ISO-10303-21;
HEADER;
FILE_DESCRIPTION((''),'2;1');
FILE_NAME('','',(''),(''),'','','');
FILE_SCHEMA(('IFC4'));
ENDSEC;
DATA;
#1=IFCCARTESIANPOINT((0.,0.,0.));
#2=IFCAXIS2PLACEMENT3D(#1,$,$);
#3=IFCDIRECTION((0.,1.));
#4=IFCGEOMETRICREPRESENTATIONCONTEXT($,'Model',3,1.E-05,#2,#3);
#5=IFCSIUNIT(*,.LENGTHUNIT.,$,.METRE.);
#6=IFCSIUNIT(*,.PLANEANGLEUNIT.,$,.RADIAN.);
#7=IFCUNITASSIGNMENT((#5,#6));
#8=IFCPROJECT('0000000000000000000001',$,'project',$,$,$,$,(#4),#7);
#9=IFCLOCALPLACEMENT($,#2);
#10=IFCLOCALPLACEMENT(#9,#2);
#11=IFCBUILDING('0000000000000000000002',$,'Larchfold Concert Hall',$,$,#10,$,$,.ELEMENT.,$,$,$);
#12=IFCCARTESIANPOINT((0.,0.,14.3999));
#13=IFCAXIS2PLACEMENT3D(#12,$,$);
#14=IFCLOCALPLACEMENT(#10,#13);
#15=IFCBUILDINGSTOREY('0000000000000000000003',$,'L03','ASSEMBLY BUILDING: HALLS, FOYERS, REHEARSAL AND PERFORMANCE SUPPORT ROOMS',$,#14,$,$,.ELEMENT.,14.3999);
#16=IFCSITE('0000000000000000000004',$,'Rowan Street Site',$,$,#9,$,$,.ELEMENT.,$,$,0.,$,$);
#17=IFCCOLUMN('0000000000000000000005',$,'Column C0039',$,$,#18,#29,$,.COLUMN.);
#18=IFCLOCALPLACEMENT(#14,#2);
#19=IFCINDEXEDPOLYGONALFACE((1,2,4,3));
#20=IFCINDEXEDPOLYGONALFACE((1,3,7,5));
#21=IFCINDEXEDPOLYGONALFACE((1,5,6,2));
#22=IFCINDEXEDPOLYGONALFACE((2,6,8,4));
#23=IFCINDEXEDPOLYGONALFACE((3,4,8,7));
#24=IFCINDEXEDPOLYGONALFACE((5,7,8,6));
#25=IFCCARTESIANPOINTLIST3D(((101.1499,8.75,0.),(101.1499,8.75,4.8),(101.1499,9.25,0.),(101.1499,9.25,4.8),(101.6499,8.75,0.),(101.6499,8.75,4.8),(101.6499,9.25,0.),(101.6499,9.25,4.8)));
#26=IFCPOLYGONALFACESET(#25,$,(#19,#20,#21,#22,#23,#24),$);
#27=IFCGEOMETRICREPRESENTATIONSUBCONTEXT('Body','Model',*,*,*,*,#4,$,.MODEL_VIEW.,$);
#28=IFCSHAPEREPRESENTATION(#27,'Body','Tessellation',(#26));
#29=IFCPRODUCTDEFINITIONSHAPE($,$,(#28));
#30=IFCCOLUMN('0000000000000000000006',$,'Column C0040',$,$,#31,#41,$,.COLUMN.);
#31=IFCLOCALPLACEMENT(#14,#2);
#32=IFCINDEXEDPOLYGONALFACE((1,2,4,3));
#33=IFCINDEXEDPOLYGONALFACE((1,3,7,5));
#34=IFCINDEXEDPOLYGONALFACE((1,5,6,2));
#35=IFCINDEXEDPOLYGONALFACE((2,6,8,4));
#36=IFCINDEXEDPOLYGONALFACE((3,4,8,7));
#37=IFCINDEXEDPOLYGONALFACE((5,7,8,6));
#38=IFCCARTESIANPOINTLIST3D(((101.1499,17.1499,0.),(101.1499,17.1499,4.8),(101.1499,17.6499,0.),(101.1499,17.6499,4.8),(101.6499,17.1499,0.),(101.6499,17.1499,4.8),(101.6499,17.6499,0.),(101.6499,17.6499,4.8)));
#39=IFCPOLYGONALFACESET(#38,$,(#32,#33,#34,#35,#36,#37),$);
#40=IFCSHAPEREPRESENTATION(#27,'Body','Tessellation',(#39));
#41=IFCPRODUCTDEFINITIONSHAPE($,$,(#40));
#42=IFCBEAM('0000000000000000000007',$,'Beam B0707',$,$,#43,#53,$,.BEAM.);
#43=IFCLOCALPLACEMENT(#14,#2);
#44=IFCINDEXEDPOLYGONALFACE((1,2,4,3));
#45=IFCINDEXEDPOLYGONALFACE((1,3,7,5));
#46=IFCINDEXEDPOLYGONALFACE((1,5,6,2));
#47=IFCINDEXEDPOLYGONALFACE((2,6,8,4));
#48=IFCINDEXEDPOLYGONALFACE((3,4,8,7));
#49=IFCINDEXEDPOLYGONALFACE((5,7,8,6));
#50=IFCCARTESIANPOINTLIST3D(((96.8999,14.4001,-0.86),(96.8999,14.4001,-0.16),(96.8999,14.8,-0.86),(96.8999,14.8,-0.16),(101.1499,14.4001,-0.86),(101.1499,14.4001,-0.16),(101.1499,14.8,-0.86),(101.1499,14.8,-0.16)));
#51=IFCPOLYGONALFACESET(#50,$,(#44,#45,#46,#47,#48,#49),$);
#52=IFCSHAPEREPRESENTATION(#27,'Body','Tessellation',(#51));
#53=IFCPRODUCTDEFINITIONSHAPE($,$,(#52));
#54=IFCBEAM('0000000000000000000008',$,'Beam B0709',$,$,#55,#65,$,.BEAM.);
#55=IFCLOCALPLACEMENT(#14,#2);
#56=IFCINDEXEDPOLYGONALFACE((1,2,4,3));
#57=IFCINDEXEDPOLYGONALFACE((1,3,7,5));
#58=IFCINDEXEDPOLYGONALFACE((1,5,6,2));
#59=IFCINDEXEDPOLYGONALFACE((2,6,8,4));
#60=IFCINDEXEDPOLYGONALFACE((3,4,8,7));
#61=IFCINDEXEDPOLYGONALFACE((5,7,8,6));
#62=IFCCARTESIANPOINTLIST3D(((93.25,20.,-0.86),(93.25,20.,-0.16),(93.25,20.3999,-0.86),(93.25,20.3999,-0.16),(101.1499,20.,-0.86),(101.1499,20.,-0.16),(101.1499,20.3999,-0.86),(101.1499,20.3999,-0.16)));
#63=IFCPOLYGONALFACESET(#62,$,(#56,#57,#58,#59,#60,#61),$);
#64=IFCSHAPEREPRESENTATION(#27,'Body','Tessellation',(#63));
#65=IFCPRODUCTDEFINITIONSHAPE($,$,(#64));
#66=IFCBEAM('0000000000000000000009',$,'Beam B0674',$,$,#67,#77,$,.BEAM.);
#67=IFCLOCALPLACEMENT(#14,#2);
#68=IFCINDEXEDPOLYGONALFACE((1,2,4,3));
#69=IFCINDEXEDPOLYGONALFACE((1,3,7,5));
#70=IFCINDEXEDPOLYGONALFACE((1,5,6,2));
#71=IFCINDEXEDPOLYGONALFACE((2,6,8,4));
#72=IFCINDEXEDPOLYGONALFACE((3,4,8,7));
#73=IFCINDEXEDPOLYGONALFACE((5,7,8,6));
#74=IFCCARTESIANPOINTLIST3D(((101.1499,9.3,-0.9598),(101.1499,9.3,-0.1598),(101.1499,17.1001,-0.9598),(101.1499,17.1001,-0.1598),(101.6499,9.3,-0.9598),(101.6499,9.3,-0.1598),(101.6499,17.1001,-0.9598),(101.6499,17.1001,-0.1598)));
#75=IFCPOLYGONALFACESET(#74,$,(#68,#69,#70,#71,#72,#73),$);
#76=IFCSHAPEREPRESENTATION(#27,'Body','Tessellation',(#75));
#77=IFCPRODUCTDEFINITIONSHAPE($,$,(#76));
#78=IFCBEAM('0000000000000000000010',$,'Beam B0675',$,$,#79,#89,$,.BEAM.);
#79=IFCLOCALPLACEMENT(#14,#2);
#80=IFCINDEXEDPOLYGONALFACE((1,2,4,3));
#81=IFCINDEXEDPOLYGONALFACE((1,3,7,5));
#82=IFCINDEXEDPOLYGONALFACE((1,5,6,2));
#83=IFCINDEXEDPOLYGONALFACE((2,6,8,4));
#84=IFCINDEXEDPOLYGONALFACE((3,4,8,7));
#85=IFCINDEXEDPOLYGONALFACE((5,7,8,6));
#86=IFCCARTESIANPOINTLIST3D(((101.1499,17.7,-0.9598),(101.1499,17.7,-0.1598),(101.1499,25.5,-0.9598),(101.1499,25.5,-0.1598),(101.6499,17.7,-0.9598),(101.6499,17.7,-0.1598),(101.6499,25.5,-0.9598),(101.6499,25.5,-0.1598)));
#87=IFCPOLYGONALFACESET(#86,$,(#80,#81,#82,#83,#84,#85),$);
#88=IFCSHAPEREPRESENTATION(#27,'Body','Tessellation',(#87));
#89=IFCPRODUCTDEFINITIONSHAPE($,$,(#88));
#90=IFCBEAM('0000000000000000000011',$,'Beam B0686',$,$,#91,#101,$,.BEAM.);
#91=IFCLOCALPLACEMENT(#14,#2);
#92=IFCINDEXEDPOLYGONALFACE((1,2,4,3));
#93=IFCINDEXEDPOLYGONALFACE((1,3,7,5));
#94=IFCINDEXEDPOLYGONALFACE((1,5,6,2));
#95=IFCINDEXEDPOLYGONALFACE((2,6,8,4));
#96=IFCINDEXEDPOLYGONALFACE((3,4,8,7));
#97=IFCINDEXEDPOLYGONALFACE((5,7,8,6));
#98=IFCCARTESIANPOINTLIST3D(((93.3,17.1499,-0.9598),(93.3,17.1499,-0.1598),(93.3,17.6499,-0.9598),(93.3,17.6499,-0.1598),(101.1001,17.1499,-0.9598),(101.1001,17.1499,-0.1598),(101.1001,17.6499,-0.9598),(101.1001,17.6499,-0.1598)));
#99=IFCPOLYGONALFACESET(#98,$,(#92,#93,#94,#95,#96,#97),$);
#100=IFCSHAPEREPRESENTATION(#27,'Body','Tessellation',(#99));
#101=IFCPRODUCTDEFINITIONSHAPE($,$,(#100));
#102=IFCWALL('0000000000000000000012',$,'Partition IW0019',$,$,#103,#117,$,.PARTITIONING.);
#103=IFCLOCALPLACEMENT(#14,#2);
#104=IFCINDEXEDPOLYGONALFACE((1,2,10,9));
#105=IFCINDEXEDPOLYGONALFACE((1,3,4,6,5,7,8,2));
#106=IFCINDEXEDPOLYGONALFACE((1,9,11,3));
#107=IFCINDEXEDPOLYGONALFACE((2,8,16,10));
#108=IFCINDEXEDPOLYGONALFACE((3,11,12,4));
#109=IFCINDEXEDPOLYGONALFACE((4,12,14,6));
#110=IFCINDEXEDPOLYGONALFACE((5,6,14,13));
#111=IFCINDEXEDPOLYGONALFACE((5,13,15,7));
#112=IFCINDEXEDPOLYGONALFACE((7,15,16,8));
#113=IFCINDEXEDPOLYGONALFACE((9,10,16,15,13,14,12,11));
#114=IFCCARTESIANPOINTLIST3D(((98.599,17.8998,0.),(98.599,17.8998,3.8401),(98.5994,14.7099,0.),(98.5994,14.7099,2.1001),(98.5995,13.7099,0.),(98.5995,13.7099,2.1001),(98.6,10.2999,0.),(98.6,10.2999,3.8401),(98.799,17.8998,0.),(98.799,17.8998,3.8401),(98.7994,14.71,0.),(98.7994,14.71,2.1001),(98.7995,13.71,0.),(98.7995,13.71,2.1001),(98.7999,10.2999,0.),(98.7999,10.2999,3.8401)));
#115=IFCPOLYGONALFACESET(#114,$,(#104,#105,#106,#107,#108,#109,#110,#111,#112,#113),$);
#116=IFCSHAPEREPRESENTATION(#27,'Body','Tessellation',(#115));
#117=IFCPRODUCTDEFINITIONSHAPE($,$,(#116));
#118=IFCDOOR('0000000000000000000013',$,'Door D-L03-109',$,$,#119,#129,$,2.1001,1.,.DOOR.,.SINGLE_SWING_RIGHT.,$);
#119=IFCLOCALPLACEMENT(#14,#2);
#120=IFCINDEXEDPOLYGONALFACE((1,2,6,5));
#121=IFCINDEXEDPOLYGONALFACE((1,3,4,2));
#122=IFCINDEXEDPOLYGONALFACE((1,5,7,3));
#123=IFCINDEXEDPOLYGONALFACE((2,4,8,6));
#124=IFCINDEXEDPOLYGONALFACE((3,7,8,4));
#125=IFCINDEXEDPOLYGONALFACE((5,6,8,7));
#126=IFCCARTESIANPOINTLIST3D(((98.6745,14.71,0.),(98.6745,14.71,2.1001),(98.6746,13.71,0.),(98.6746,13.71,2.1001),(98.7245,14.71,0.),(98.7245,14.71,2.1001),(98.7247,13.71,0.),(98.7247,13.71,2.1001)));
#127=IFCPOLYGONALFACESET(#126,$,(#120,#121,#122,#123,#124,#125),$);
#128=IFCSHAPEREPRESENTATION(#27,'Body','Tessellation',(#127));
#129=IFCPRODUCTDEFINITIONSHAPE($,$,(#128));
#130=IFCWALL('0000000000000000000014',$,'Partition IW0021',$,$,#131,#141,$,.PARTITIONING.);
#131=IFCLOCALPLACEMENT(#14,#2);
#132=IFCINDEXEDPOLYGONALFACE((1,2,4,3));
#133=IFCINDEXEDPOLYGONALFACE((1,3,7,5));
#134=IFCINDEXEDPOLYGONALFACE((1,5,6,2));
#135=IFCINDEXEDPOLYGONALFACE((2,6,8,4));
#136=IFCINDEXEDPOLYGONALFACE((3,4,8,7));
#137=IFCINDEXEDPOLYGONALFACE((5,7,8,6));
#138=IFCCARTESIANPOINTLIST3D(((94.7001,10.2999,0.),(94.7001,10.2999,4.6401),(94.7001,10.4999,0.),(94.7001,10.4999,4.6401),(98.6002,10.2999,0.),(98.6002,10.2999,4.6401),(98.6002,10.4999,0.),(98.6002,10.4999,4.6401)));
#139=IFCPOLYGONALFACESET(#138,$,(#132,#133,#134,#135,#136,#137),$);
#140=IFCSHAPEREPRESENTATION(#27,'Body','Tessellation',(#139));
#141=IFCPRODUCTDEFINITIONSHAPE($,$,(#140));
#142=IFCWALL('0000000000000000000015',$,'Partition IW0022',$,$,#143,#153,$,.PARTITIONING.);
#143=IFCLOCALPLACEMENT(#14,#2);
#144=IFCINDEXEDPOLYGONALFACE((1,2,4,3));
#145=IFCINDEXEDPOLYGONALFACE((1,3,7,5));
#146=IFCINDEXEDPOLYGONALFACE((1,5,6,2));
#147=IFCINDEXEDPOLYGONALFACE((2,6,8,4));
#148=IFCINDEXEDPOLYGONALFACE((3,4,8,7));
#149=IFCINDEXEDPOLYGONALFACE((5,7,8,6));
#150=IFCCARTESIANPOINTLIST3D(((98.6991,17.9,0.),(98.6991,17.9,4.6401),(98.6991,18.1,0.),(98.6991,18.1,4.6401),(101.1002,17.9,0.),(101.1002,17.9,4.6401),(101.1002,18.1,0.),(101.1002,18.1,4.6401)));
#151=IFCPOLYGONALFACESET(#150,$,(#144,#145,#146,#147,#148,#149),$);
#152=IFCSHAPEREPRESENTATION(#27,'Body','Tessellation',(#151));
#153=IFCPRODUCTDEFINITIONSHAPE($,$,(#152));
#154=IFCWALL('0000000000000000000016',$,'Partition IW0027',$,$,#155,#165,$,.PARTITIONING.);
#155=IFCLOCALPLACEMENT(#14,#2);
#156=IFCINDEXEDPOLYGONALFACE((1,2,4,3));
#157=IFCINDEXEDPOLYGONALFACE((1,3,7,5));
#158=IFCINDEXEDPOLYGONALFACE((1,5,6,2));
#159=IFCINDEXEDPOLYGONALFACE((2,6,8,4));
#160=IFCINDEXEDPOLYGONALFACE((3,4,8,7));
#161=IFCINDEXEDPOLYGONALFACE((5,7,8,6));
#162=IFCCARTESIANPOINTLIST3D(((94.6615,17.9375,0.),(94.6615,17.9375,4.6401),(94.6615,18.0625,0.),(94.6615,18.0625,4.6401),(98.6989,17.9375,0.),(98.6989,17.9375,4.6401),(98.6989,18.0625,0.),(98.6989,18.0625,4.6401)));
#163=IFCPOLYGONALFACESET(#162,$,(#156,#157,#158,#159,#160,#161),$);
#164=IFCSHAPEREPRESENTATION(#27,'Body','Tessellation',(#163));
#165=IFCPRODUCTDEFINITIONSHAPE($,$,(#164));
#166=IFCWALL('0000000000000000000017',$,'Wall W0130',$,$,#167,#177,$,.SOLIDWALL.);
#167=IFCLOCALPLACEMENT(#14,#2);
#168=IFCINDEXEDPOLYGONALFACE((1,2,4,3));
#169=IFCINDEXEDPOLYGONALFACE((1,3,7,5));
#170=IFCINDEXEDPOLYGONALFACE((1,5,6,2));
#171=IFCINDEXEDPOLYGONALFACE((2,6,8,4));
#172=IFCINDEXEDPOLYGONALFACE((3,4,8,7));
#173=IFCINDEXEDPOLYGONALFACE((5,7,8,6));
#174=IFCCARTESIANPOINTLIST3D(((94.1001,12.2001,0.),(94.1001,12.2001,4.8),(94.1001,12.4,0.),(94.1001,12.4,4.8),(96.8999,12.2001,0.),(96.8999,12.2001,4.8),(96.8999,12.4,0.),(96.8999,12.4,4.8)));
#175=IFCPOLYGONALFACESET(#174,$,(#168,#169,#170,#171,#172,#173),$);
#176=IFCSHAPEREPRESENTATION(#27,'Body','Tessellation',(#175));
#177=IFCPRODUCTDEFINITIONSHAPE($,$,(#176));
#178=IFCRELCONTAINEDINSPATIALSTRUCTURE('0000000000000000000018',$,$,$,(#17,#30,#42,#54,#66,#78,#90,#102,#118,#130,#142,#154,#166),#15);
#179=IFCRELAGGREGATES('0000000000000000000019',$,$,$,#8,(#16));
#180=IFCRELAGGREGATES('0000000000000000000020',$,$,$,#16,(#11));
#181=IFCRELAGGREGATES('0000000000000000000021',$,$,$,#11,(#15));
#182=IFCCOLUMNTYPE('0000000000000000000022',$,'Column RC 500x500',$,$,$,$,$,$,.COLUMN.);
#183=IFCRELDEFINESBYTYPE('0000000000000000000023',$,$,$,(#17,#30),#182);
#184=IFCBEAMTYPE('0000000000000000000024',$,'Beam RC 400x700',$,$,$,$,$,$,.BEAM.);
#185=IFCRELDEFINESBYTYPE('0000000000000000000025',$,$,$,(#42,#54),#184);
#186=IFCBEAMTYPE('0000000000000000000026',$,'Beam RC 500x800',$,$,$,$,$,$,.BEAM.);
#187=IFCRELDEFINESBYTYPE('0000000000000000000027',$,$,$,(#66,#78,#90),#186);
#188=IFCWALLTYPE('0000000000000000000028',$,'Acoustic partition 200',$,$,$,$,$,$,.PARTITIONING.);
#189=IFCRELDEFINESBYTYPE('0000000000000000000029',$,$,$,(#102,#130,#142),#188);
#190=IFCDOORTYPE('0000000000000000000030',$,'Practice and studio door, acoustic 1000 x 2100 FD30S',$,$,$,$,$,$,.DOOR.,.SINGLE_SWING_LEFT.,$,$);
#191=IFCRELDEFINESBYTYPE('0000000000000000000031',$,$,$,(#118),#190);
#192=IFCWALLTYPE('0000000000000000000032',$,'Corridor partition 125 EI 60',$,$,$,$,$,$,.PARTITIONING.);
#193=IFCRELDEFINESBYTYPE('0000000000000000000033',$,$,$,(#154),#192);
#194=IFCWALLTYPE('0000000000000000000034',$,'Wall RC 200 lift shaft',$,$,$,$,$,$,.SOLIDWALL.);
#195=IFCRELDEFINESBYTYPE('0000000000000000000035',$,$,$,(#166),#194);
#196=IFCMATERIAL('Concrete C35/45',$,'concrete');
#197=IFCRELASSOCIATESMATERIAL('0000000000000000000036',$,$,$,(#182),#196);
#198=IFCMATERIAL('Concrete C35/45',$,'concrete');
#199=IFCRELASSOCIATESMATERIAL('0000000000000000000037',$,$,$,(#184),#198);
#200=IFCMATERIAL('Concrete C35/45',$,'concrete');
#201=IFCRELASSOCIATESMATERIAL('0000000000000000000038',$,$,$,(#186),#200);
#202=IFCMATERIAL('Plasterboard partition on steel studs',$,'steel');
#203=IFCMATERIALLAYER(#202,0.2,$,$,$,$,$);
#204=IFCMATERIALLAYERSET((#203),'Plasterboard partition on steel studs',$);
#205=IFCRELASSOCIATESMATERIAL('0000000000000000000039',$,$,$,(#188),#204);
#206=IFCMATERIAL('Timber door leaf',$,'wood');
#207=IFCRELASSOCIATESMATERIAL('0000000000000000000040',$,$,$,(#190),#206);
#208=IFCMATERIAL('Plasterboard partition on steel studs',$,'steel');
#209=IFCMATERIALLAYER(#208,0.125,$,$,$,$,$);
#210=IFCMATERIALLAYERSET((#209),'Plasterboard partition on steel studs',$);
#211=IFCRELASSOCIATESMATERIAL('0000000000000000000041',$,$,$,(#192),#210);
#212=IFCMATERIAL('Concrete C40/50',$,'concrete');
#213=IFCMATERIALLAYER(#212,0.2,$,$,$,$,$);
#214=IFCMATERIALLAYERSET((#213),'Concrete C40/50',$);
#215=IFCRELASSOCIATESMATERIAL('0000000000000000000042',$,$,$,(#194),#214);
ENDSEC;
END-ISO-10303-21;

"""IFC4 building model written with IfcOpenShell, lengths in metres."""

from ifc_helpers import new_model, si_unit, direction, frame, frame_2d, origin, origin_2d, place, context, subcontext, project, spatial, rectangle, extrude, material, layer, layer_set, material_profile, profile_set, type_object, element, fill, save


model = new_model("IFC4")

# Units and contexts
model_context = context("Model", 3, precision=1e-05, world=origin(), true_north=direction((0.0, 1.0)))
body_context = subcontext(model_context, "Body", "Model", "MODEL_VIEW")
ifc_project = project(units=[si_unit("LENGTHUNIT", "METRE"), si_unit("PLANEANGLEUNIT", "RADIAN")], contexts=[model_context])

# Site, building, storey
site_placement = place(None, origin())
site = spatial("IfcSite", under=ifc_project, at=site_placement, Name="Rowan Street Site", CompositionType="ELEMENT", RefElevation=0.0)
building_placement = place(site_placement, origin())
building = spatial("IfcBuilding", under=site, at=building_placement, Name="Larchfold Concert Hall", CompositionType="ELEMENT")
storey_placement = place(building_placement, frame((0.0, 0.0, 14.3999)))
storey = spatial("IfcBuildingStorey", under=building, at=storey_placement, Name="L03", Description="ASSEMBLY BUILDING: HALLS, FOYERS, REHEARSAL AND PERFORMANCE SUPPORT ROOMS", CompositionType="ELEMENT", Elevation=14.3999)

# Columns
ifc_material_1 = material(Name="Concrete C35/45", Category="concrete")
ifc_material_profile_1 = material_profile(ifc_material_1, rectangle(XDim=0.5, YDim=0.5, at=origin_2d()))
ifc_profile_set_1 = profile_set([ifc_material_profile_1], Name="Concrete C35/45")
column_type = type_object("IfcColumnType", Name="Column RC 500x500", PredefinedType="COLUMN", material=ifc_profile_set_1)
for number, where, z_axis, x_axis, name in (
    (1, (101.3999, 9.0, 0.0), (0.0, 0.0, 1.0), (1.0, 0.0, 0.0), "Column C0039"),
    (2, (101.3999, 17.3999, 0.0), (0.0, 0.0, 1.0), (1.0, 0.0, 0.0), "Column C0040"),
):
    element("IfcColumn", number, at=place(storey_placement, frame(where, z_axis=z_axis, x_axis=x_axis)), inside=storey, type_object=column_type, Name=name, PredefinedType="COLUMN", context=body_context, shape_type="SweptSolid", body=[
        extrude(rectangle(XDim=0.5, YDim=0.5, at=origin_2d()), origin(), (0.0, 0.0, 1.0), 4.8),
    ])

# Beams
ifc_material_2 = material(Name="Concrete C35/45", Category="concrete")
ifc_material_profile_2 = material_profile(ifc_material_2, rectangle(XDim=0.3999, YDim=0.7, at=origin_2d()))
ifc_profile_set_2 = profile_set([ifc_material_profile_2], Name="Concrete C35/45")
beam_type_1 = type_object("IfcBeamType", Name="Beam RC 400x700", PredefinedType="BEAM", material=ifc_profile_set_2)
beam_1_placement = place(storey_placement, frame((96.8999, 14.6001, -0.51), z_axis=(1.0, 0.0, 0.0), x_axis=(0.0, 1.0, 0.0)))
element("IfcBeam", 3, at=beam_1_placement, inside=storey, type_object=beam_type_1, Name="Beam B0707", PredefinedType="BEAM", context=body_context, shape_type="SweptSolid", body=[
    extrude(rectangle(XDim=0.3999, YDim=0.7, at=origin_2d()), origin(), (0.0, 0.0, 1.0), 4.25),
])
beam_2_placement = place(storey_placement, frame((93.25, 20.2, -0.51), z_axis=(1.0, 0.0, 0.0), x_axis=(0.0, 1.0, 0.0)))
element("IfcBeam", 4, at=beam_2_placement, inside=storey, type_object=beam_type_1, Name="Beam B0709", PredefinedType="BEAM", context=body_context, shape_type="SweptSolid", body=[
    extrude(rectangle(XDim=0.3999, YDim=0.7, at=origin_2d()), origin(), (0.0, 0.0, 1.0), 7.8999),
])
ifc_material_3 = material(Name="Concrete C35/45", Category="concrete")
ifc_material_profile_3 = material_profile(ifc_material_3, rectangle(XDim=0.5, YDim=0.8, at=origin_2d()))
ifc_profile_set_3 = profile_set([ifc_material_profile_3], Name="Concrete C35/45")
beam_type_2 = type_object("IfcBeamType", Name="Beam RC 500x800", PredefinedType="BEAM", material=ifc_profile_set_3)
for number, where, z_axis, x_axis, name in (
    (5, (101.3999, 9.3, -0.5598), (0.0, 1.0, 0.0), (-1.0, 0.0, 0.0), "Beam B0674"),
    (6, (101.3999, 17.7, -0.5598), (0.0, 1.0, 0.0), (-1.0, 0.0, 0.0), "Beam B0675"),
    (7, (93.3, 17.3999, -0.5598), (1.0, 0.0, 0.0), (0.0, 1.0, 0.0), "Beam B0686"),
):
    element("IfcBeam", number, at=place(storey_placement, frame(where, z_axis=z_axis, x_axis=x_axis)), inside=storey, type_object=beam_type_2, Name=name, PredefinedType="BEAM", context=body_context, shape_type="SweptSolid", body=[
        extrude(rectangle(XDim=0.5, YDim=0.8, at=origin_2d()), origin(), (0.0, 0.0, 1.0), 7.8),
    ])

# Wall, opening, door
ifc_material_4 = material(Name="Plasterboard partition on steel studs", Category="steel")
ifc_layer_1 = layer(ifc_material_4, 0.2)
ifc_layer_set_1 = layer_set([ifc_layer_1], Name="Plasterboard partition on steel studs")
wall_type_1 = type_object("IfcWallType", Name="Acoustic partition 200", PredefinedType="PARTITIONING", material=ifc_layer_set_1)
wall_1_placement = place(storey_placement, frame((98.7, 10.3, 0.0), z_axis=(0.0, 0.0, 1.0), x_axis=(-0.000128, 1.0, 0.0)))
wall_1 = element("IfcWall", 8, at=wall_1_placement, inside=storey, type_object=wall_type_1, Name="Partition IW0019", PredefinedType="PARTITIONING", context=body_context, shape_type="SweptSolid", body=[
    extrude(rectangle(XDim=7.5999, YDim=0.2, at=frame_2d((3.7998, 0.0))), origin(), (0.0, 0.0, 1.0), 3.8401),
])
opening_1_placement = place(wall_1_placement, frame((3.4099, 0.0, 0.0)))
opening_1 = element("IfcOpeningElement", 9, at=opening_1_placement, cuts=wall_1, PredefinedType="OPENING", context=body_context, shape_type="SweptSolid", body=[
    extrude(rectangle(XDim=1.0, YDim=2.1001, at=frame_2d((0.5, 1.05))), frame((0.0, 0.1099, 0.0), z_axis=(0.0, -1.0, 0.0), x_axis=(1.0, 0.0, 0.0)), (0.0, 0.0, 1.0), 0.22),
])
ifc_material_5 = material(Name="Timber door leaf", Category="wood")
door_type_1 = type_object("IfcDoorType", Name="Practice and studio door, acoustic 1000 x 2100 FD30S", OperationType="SINGLE_SWING_LEFT", PredefinedType="DOOR", material=ifc_material_5)
door_1_placement = place(opening_1_placement, origin())
door_1 = element("IfcDoor", 10, at=door_1_placement, inside=storey, type_object=door_type_1, Name="Door D-L03-109", OperationType="SINGLE_SWING_RIGHT", OverallHeight=2.1001, OverallWidth=1.0, PredefinedType="DOOR", context=body_context, shape_type="SweptSolid", body=[
    extrude(rectangle(XDim=1.0, YDim=2.1001, at=frame_2d((0.5, 1.05))), frame((0.0, 0.0249, 0.0), z_axis=(0.0, -1.0, 0.0), x_axis=(1.0, 0.0, 0.0)), (0.0, 0.0, 1.0), 0.05),
])
fill(opening_1, door_1)

# Walls
wall_2_placement = place(storey_placement, frame((94.7, 10.3999, 0.0), z_axis=(0.0, 0.0, 1.0), x_axis=(1.0, 0.0, 0.0)))
element("IfcWall", 11, at=wall_2_placement, inside=storey, type_object=wall_type_1, Name="Partition IW0021", PredefinedType="PARTITIONING", context=body_context, shape_type="SweptSolid", body=[
    extrude(rectangle(XDim=3.9001, YDim=0.2, at=frame_2d((1.9502, 0.0))), origin(), (0.0, 0.0, 1.0), 4.6401),
])
wall_3_placement = place(storey_placement, frame((98.699, 18.0, 0.0), z_axis=(0.0, 0.0, 1.0), x_axis=(1.0, 0.0, 0.0)))
element("IfcWall", 12, at=wall_3_placement, inside=storey, type_object=wall_type_1, Name="Partition IW0022", PredefinedType="PARTITIONING", context=body_context, shape_type="SweptSolid", body=[
    extrude(rectangle(XDim=2.4011, YDim=0.2, at=frame_2d((1.2007, 0.0))), origin(), (0.0, 0.0, 1.0), 4.6401),
])
ifc_material_6 = material(Name="Plasterboard partition on steel studs", Category="steel")
ifc_layer_2 = layer(ifc_material_6, 0.125)
ifc_layer_set_2 = layer_set([ifc_layer_2], Name="Plasterboard partition on steel studs")
wall_type_2 = type_object("IfcWallType", Name="Corridor partition 125 EI 60", PredefinedType="PARTITIONING", material=ifc_layer_set_2)
wall_4_placement = place(storey_placement, frame((94.6616, 18.0, 0.0), z_axis=(0.0, 0.0, 1.0), x_axis=(1.0, 0.0, 0.0)))
element("IfcWall", 13, at=wall_4_placement, inside=storey, type_object=wall_type_2, Name="Partition IW0027", PredefinedType="PARTITIONING", context=body_context, shape_type="SweptSolid", body=[
    extrude(rectangle(XDim=4.0374, YDim=0.125, at=frame_2d((2.0186, 0.0))), origin(), (0.0, 0.0, 1.0), 4.6401),
])
ifc_material_7 = material(Name="Concrete C40/50", Category="concrete")
ifc_layer_3 = layer(ifc_material_7, 0.2)
ifc_layer_set_3 = layer_set([ifc_layer_3], Name="Concrete C40/50")
wall_type_3 = type_object("IfcWallType", Name="Wall RC 200 lift shaft", PredefinedType="SOLIDWALL", material=ifc_layer_set_3)
wall_5_placement = place(storey_placement, frame((94.1001, 12.3, 0.0), z_axis=(0.0, 0.0, 1.0), x_axis=(1.0, 0.0, 0.0)))
element("IfcWall", 14, at=wall_5_placement, inside=storey, type_object=wall_type_3, Name="Wall W0130", PredefinedType="SOLIDWALL", context=body_context, shape_type="SweptSolid", body=[
    extrude(rectangle(XDim=2.7998, YDim=0.2, at=frame_2d((1.3999, 0.0))), origin(), (0.0, 0.0, 1.0), 4.8),
])

save(model, "model.ifc")
